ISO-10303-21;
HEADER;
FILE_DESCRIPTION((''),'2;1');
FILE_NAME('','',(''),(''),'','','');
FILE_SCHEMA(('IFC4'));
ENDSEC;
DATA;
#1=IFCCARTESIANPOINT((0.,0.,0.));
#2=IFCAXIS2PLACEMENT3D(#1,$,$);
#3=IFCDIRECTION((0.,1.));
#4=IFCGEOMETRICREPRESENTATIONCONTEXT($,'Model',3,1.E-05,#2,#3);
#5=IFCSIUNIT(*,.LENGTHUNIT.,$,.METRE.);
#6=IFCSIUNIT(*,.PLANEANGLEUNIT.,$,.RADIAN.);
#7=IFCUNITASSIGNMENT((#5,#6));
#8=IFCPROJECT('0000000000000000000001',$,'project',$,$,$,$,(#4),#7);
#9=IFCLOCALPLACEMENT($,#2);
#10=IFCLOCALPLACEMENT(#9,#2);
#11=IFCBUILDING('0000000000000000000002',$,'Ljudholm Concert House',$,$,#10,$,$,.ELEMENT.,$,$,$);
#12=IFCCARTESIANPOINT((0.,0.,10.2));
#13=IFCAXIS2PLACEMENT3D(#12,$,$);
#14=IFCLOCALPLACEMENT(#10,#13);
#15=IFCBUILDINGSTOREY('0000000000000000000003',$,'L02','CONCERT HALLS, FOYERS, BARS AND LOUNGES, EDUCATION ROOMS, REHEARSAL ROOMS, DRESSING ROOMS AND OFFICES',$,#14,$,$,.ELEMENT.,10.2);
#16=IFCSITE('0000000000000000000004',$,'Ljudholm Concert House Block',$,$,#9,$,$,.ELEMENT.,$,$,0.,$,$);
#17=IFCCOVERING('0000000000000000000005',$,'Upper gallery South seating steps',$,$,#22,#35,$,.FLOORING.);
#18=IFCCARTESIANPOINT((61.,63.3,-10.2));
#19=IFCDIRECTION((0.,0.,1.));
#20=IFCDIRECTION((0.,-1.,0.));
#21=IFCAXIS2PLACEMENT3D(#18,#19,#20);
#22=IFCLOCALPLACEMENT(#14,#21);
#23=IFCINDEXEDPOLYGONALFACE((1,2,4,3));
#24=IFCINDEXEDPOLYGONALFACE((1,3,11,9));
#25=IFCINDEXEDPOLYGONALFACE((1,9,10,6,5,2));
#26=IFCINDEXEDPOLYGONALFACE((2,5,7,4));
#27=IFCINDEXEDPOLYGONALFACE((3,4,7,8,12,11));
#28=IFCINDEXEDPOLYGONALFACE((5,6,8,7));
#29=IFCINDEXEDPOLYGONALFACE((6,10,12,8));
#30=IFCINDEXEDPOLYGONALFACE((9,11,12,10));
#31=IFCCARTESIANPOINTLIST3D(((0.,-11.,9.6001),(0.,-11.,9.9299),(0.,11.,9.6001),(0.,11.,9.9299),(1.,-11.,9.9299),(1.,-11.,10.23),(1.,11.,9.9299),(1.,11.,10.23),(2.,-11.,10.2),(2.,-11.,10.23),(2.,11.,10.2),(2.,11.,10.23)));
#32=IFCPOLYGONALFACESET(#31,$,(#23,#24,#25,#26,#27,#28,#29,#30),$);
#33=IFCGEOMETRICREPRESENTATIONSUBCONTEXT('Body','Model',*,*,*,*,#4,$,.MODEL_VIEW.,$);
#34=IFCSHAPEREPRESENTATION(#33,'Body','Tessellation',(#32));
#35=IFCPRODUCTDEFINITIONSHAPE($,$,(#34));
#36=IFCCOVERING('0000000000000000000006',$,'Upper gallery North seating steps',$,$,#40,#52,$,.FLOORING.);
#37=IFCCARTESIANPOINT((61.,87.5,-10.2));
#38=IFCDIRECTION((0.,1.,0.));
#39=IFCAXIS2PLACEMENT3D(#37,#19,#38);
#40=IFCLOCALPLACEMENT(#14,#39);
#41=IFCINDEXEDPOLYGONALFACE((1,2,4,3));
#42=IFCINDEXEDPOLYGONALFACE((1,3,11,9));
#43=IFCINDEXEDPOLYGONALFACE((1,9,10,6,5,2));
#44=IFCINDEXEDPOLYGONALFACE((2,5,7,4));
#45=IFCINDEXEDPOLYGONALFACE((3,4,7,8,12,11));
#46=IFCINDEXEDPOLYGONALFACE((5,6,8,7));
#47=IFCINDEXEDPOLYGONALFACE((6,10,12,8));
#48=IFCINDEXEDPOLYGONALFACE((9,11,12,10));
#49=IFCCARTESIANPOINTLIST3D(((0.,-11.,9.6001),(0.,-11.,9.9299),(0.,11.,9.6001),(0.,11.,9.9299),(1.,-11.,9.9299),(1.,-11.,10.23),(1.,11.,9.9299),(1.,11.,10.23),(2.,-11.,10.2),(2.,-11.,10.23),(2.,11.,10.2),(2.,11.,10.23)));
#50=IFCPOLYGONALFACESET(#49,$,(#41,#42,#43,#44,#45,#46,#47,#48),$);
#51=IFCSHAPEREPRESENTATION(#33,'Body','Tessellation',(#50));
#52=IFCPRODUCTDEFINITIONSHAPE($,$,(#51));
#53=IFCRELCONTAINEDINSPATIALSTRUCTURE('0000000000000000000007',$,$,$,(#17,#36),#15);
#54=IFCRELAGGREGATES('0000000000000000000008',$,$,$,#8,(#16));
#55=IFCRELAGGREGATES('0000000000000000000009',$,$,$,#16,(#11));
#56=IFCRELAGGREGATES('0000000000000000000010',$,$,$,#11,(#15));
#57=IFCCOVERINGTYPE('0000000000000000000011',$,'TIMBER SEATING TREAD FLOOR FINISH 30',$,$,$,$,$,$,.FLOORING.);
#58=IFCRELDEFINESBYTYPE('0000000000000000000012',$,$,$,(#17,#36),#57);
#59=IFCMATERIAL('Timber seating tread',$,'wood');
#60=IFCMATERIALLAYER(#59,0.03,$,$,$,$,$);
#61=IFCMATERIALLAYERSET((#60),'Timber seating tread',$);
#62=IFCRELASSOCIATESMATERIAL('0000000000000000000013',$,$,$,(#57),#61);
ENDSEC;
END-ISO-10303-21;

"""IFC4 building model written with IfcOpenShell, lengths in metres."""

from ifc_helpers import new_model, si_unit, direction, frame, origin, place, context, subcontext, project, spatial, polyline, outline, extrude, material, layer, layer_set, type_object, element, save


model = new_model("IFC4")

# Units and contexts
model_context = context("Model", 3, precision=1e-05, world=origin(), true_north=direction((0.0, 1.0)))
body_context = subcontext(model_context, "Body", "Model", "MODEL_VIEW")
ifc_project = project(units=[si_unit("LENGTHUNIT", "METRE"), si_unit("PLANEANGLEUNIT", "RADIAN")], contexts=[model_context])

# Site, building, storey
site_placement = place(None, origin())
site = spatial("IfcSite", under=ifc_project, at=site_placement, Name="Ljudholm Concert House Block", CompositionType="ELEMENT", RefElevation=0.0)
building_placement = place(site_placement, origin())
building = spatial("IfcBuilding", under=site, at=building_placement, Name="Ljudholm Concert House", CompositionType="ELEMENT")
storey_placement = place(building_placement, frame((0.0, 0.0, 10.2)))
storey = spatial("IfcBuildingStorey", under=building, at=storey_placement, Name="L02", Description="CONCERT HALLS, FOYERS, BARS AND LOUNGES, EDUCATION ROOMS, REHEARSAL ROOMS, DRESSING ROOMS AND OFFICES", CompositionType="ELEMENT", Elevation=10.2)

# Coverings
ifc_material_1 = material(Name="Timber seating tread", Category="wood")
ifc_layer_1 = layer(ifc_material_1, 0.03)
ifc_layer_set_1 = layer_set([ifc_layer_1], Name="Timber seating tread")
covering_type = type_object("IfcCoveringType", Name="TIMBER SEATING TREAD FLOOR FINISH 30", PredefinedType="FLOORING", material=ifc_layer_set_1)
for number, where, z_axis, x_axis, name in (
    (1, (61.0, 63.3, -10.2), (0.0, 0.0, 1.0), (0.0, -1.0, 0.0), "Upper gallery South seating steps"),
    (2, (61.0, 87.5, -10.2), (0.0, 0.0, 1.0), (0.0, 1.0, 0.0), "Upper gallery North seating steps"),
):
    element("IfcCovering", number, at=place(storey_placement, frame(where, z_axis=z_axis, x_axis=x_axis)), inside=storey, type_object=covering_type, Name=name, PredefinedType="FLOORING", context=body_context, shape_type="SweptSolid", body=[
        extrude(outline(polyline([(0.0, 9.6001), (2.0, 10.2), (2.0, 10.23), (1.0, 10.23), (1.0, 9.9299), (0.0, 9.9299), (0.0, 9.6001)])), frame((0.0, 11.0, 0.0), z_axis=(0.0, -1.0, 0.0), x_axis=(1.0, 0.0, 0.0)), (0.0, 0.0, 1.0), 22.0),
    ])

save(model, "model.ifc")
